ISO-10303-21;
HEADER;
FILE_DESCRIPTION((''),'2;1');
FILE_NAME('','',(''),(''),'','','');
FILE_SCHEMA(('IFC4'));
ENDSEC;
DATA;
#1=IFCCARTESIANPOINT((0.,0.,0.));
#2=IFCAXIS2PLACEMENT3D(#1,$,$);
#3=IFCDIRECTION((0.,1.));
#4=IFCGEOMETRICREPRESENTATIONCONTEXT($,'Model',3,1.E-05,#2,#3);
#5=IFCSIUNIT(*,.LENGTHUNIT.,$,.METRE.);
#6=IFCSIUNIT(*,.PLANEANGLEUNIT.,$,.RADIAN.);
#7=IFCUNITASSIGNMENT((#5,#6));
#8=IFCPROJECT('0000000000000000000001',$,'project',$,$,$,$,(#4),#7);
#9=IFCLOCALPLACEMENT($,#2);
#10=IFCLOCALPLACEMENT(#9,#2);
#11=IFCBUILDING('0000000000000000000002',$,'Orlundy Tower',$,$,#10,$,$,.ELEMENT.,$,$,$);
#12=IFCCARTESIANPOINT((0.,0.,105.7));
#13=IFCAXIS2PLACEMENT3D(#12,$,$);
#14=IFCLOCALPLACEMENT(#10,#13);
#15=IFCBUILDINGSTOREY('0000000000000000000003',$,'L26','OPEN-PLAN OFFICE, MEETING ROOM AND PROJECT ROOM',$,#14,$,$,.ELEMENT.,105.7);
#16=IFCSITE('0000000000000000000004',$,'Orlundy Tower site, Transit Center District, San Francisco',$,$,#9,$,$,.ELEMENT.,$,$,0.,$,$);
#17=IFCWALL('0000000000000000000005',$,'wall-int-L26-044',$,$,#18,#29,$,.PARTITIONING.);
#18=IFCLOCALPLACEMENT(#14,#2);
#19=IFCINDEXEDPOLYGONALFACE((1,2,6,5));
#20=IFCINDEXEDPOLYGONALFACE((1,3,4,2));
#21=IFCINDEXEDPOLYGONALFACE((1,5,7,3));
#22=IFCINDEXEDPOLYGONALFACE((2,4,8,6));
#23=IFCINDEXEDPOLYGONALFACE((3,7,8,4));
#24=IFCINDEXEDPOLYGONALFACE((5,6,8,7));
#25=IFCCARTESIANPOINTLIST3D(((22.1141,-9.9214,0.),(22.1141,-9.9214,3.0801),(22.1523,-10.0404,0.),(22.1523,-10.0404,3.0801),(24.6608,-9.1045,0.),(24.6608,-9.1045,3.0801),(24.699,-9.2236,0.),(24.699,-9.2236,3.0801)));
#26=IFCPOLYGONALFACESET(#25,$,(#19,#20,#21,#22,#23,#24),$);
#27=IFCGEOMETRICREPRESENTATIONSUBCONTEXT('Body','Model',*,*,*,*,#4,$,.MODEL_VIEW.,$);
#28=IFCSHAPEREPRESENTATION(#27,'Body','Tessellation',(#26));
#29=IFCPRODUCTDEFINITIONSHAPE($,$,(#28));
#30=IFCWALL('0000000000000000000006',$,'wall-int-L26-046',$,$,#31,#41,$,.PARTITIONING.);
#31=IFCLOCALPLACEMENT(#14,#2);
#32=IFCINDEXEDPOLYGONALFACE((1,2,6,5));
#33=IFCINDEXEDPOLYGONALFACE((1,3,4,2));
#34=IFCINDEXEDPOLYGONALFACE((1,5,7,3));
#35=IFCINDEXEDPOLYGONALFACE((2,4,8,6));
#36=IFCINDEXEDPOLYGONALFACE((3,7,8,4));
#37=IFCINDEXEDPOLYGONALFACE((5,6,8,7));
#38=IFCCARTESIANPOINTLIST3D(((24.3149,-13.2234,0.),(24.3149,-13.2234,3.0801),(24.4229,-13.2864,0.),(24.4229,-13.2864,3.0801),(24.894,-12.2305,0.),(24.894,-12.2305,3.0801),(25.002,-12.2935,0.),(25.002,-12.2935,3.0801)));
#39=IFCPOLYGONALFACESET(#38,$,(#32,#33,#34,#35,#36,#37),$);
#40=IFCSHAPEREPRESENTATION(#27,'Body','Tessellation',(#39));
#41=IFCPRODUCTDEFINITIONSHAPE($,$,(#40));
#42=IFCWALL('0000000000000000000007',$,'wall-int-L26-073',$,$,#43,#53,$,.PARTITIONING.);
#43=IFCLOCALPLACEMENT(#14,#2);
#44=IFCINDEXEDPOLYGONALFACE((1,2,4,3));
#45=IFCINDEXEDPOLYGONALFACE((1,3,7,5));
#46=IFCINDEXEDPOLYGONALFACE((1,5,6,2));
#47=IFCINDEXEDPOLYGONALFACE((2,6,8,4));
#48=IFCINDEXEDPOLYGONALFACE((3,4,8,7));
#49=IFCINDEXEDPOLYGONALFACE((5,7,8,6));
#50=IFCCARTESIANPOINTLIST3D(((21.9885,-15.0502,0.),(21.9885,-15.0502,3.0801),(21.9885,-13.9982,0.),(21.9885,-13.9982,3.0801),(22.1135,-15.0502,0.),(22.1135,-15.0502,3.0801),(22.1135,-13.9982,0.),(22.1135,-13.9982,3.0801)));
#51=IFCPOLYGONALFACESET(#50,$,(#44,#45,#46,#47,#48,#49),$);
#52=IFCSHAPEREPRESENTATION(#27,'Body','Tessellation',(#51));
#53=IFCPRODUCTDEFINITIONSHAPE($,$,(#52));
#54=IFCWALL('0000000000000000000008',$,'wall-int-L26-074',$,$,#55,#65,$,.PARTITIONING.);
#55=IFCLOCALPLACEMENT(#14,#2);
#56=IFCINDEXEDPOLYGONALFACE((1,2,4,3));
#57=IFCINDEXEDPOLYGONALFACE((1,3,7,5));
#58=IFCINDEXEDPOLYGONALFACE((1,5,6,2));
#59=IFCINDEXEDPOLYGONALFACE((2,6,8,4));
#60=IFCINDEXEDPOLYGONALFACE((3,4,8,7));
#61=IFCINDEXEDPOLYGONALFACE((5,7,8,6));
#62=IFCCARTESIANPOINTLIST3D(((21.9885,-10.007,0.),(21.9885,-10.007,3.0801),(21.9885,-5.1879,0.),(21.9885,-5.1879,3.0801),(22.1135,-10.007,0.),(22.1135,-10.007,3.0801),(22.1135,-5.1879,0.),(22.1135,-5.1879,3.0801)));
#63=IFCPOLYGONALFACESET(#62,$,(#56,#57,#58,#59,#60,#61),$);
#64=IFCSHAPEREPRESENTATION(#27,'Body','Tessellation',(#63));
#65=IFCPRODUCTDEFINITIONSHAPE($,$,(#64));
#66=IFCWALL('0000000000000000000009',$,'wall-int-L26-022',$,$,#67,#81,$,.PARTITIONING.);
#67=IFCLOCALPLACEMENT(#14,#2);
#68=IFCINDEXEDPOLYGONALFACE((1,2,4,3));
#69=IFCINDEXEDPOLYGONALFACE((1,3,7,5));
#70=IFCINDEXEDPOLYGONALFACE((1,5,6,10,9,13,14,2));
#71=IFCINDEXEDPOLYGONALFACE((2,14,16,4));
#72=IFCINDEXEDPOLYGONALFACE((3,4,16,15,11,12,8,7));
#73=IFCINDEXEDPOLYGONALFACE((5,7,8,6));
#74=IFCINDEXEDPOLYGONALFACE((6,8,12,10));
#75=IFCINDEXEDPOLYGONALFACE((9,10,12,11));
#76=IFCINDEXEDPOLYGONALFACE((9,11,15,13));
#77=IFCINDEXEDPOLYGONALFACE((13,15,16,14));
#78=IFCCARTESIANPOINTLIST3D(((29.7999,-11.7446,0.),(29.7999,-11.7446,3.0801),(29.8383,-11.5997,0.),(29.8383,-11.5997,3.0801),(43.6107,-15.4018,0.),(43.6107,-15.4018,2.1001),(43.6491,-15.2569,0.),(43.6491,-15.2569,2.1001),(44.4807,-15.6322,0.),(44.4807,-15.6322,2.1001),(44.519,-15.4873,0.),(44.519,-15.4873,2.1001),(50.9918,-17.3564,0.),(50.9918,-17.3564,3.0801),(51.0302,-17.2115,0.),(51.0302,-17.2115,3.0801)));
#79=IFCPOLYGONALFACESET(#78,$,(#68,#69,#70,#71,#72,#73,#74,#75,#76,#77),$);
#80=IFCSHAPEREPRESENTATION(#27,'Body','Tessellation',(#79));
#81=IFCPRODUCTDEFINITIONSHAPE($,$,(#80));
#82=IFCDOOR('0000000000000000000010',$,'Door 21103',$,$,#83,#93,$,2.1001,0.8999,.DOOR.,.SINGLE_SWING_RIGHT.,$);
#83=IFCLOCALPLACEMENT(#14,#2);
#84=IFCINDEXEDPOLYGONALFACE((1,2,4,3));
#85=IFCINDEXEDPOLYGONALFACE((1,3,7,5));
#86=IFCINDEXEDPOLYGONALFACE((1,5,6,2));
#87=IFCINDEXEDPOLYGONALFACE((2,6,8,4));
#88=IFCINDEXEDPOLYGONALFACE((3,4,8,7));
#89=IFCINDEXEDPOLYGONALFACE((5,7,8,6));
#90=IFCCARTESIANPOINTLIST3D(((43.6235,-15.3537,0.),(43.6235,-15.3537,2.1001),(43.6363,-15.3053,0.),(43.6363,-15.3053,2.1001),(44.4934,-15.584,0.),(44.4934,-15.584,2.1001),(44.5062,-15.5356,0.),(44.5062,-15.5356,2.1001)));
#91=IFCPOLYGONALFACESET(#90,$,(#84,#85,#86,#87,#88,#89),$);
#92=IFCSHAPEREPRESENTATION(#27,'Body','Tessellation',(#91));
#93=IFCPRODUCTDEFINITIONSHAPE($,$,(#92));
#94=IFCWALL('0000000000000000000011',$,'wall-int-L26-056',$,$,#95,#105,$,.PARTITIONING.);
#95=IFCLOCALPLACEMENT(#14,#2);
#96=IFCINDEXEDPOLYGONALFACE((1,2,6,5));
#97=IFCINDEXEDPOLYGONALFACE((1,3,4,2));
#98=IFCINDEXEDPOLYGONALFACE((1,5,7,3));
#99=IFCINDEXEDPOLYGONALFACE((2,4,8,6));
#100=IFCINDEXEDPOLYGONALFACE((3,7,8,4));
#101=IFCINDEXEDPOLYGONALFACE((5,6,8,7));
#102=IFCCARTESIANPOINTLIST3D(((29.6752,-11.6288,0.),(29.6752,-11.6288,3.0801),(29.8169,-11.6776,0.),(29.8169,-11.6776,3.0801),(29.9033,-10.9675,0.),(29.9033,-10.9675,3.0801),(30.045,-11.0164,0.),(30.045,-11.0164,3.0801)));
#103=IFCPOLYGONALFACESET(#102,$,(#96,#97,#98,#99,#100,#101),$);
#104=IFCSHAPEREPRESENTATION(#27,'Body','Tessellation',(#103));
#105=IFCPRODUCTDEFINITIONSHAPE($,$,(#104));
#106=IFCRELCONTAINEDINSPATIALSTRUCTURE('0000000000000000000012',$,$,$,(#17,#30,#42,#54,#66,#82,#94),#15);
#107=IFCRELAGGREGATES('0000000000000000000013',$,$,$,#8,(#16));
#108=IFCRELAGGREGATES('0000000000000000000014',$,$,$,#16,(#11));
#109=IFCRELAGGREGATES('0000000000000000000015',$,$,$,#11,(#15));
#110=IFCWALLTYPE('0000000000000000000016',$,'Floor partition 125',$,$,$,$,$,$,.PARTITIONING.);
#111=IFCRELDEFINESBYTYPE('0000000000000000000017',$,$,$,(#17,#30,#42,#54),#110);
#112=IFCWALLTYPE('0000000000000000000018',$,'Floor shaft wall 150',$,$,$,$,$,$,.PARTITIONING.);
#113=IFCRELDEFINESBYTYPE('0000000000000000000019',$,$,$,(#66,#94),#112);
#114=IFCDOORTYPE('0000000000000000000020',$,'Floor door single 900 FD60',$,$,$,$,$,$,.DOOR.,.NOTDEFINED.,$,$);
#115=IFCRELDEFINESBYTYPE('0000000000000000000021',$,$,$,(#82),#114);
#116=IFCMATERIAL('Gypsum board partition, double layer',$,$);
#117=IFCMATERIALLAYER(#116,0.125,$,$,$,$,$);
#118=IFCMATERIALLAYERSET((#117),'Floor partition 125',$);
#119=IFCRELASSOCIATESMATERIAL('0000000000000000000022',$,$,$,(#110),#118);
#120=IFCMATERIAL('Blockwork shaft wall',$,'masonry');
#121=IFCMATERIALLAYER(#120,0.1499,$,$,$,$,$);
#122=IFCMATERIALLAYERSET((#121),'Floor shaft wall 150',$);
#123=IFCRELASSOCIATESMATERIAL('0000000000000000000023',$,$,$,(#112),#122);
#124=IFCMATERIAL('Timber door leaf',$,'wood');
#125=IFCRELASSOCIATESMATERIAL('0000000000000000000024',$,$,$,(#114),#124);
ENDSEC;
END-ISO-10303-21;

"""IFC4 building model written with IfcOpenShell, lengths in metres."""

from ifc_helpers import new_model, si_unit, direction, frame, frame_2d, origin, place, context, subcontext, project, spatial, rectangle, extrude, material, layer, layer_set, type_object, element, fill, save


model = new_model("IFC4")

# Units and contexts
model_context = context("Model", 3, precision=1e-05, world=origin(), true_north=direction((0.0, 1.0)))
body_context = subcontext(model_context, "Body", "Model", "MODEL_VIEW")
ifc_project = project(units=[si_unit("LENGTHUNIT", "METRE"), si_unit("PLANEANGLEUNIT", "RADIAN")], contexts=[model_context])

# Site, building, storey
site_placement = place(None, origin())
site = spatial("IfcSite", under=ifc_project, at=site_placement, Name="Orlundy Tower site, Transit Center District, San Francisco", CompositionType="ELEMENT", RefElevation=0.0)
building_placement = place(site_placement, origin())
building = spatial("IfcBuilding", under=site, at=building_placement, Name="Orlundy Tower", CompositionType="ELEMENT")
storey_placement = place(building_placement, frame((0.0, 0.0, 105.7)))
storey = spatial("IfcBuildingStorey", under=building, at=storey_placement, Name="L26", Description="OPEN-PLAN OFFICE, MEETING ROOM AND PROJECT ROOM", CompositionType="ELEMENT", Elevation=105.7)

# Shared definitions
ifc_material_1 = material(Name="Gypsum board partition, double layer")
ifc_layer_1 = layer(ifc_material_1, 0.125)
ifc_layer_set_1 = layer_set([ifc_layer_1], Name="Floor partition 125")
wall_type_1 = type_object("IfcWallType", Name="Floor partition 125", PredefinedType="PARTITIONING", material=ifc_layer_set_1)

# Walls
wall_1_placement = place(storey_placement, frame((22.1331, -9.981, 0.0), z_axis=(0.0, 0.0, 1.0), x_axis=(0.952218, 0.305418, 0.0)))
element("IfcWall", 1, at=wall_1_placement, inside=storey, type_object=wall_type_1, Name="wall-int-L26-044", PredefinedType="PARTITIONING", context=body_context, shape_type="SweptSolid", body=[
    extrude(rectangle(XDim=2.6746, YDim=0.125, at=frame_2d((1.3374, 0.0))), origin(), (0.0, 0.0, 1.0), 3.0801),
])
wall_2_placement = place(storey_placement, frame((24.3689, -13.2549, 0.0), z_axis=(0.0, 0.0, 1.0), x_axis=(0.503805, 0.863817, 0.0)))
element("IfcWall", 2, at=wall_2_placement, inside=storey, type_object=wall_type_1, Name="wall-int-L26-046", PredefinedType="PARTITIONING", context=body_context, shape_type="SweptSolid", body=[
    extrude(rectangle(XDim=1.1494, YDim=0.125, at=frame_2d((0.5747, 0.0))), origin(), (0.0, 0.0, 1.0), 3.0801),
])
wall_3_placement = place(storey_placement, frame((22.051, -15.05, 0.0), z_axis=(0.0, 0.0, 1.0), x_axis=(0.0, 1.0, 0.0)))
element("IfcWall", 3, at=wall_3_placement, inside=storey, type_object=wall_type_1, Name="wall-int-L26-073", PredefinedType="PARTITIONING", context=body_context, shape_type="SweptSolid", body=[
    extrude(rectangle(XDim=1.052, YDim=0.125, at=frame_2d((0.5259, 0.0))), origin(), (0.0, 0.0, 1.0), 3.0801),
])
wall_4_placement = place(storey_placement, frame((22.051, -10.0071, 0.0), z_axis=(0.0, 0.0, 1.0), x_axis=(0.0, 1.0, 0.0)))
element("IfcWall", 4, at=wall_4_placement, inside=storey, type_object=wall_type_1, Name="wall-int-L26-074", PredefinedType="PARTITIONING", context=body_context, shape_type="SweptSolid", body=[
    extrude(rectangle(XDim=4.8191, YDim=0.125, at=frame_2d((2.4097, 0.0))), origin(), (0.0, 0.0, 1.0), 3.0801),
])

# Wall, opening, door
ifc_material_2 = material(Name="Blockwork shaft wall", Category="masonry")
ifc_layer_2 = layer(ifc_material_2, 0.1499)
ifc_layer_set_2 = layer_set([ifc_layer_2], Name="Floor shaft wall 150")
wall_type_2 = type_object("IfcWallType", Name="Floor shaft wall 150", PredefinedType="PARTITIONING", material=ifc_layer_set_2)
wall_5_placement = place(storey_placement, frame((29.8191, -11.6721, 0.0), z_axis=(0.0, 0.0, 1.0), x_axis=(0.96668, -0.255986, 0.0)))
wall_5 = element("IfcWall", 5, at=wall_5_placement, inside=storey, type_object=wall_type_2, Name="wall-int-L26-022", PredefinedType="PARTITIONING", context=body_context, shape_type="SweptSolid", body=[
    extrude(rectangle(XDim=21.9224, YDim=0.1499, at=frame_2d((10.9612, 0.0))), origin(), (0.0, 0.0, 1.0), 3.0801),
])
opening_1_placement = place(wall_5_placement, frame((14.2869, 0.0, 0.0)))
opening_1 = element("IfcOpeningElement", 6, at=opening_1_placement, cuts=wall_5, PredefinedType="OPENING", context=body_context, shape_type="SweptSolid", body=[
    extrude(rectangle(XDim=0.8999, YDim=2.1001, at=frame_2d((0.45, 1.05))), frame((0.0, 0.085, 0.0), z_axis=(0.0, -1.0, 0.0), x_axis=(1.0, 0.0, 0.0)), (0.0, 0.0, 1.0), 0.1699),
])
ifc_material_3 = material(Name="Timber door leaf", Category="wood")
door_type_1 = type_object("IfcDoorType", Name="Floor door single 900 FD60", OperationType="NOTDEFINED", PredefinedType="DOOR", material=ifc_material_3)
door_1_placement = place(opening_1_placement, origin())
door_1 = element("IfcDoor", 7, at=door_1_placement, inside=storey, type_object=door_type_1, Name="Door 21103", OperationType="SINGLE_SWING_RIGHT", OverallHeight=2.1001, OverallWidth=0.8999, PredefinedType="DOOR", context=body_context, shape_type="SweptSolid", body=[
    extrude(rectangle(XDim=0.8999, YDim=2.1001, at=frame_2d((0.45, 1.05))), frame((0.0, 0.0249, 0.0), z_axis=(0.0, -1.0, 0.0), x_axis=(1.0, 0.0, 0.0)), (0.0, 0.0, 1.0), 0.05),
])
fill(opening_1, door_1)

# Wall
wall_6_placement = place(storey_placement, frame((29.7461, -11.6531, 0.0), z_axis=(0.0, 0.0, 1.0), x_axis=(0.326055, 0.945351, 0.0)))
element("IfcWall", 8, at=wall_6_placement, inside=storey, type_object=wall_type_2, Name="wall-int-L26-056", PredefinedType="PARTITIONING", context=body_context, shape_type="SweptSolid", body=[
    extrude(rectangle(XDim=0.6995, YDim=0.1499, at=frame_2d((0.3496, 0.0))), origin(), (0.0, 0.0, 1.0), 3.0801),
])

save(model, "model.ifc")
